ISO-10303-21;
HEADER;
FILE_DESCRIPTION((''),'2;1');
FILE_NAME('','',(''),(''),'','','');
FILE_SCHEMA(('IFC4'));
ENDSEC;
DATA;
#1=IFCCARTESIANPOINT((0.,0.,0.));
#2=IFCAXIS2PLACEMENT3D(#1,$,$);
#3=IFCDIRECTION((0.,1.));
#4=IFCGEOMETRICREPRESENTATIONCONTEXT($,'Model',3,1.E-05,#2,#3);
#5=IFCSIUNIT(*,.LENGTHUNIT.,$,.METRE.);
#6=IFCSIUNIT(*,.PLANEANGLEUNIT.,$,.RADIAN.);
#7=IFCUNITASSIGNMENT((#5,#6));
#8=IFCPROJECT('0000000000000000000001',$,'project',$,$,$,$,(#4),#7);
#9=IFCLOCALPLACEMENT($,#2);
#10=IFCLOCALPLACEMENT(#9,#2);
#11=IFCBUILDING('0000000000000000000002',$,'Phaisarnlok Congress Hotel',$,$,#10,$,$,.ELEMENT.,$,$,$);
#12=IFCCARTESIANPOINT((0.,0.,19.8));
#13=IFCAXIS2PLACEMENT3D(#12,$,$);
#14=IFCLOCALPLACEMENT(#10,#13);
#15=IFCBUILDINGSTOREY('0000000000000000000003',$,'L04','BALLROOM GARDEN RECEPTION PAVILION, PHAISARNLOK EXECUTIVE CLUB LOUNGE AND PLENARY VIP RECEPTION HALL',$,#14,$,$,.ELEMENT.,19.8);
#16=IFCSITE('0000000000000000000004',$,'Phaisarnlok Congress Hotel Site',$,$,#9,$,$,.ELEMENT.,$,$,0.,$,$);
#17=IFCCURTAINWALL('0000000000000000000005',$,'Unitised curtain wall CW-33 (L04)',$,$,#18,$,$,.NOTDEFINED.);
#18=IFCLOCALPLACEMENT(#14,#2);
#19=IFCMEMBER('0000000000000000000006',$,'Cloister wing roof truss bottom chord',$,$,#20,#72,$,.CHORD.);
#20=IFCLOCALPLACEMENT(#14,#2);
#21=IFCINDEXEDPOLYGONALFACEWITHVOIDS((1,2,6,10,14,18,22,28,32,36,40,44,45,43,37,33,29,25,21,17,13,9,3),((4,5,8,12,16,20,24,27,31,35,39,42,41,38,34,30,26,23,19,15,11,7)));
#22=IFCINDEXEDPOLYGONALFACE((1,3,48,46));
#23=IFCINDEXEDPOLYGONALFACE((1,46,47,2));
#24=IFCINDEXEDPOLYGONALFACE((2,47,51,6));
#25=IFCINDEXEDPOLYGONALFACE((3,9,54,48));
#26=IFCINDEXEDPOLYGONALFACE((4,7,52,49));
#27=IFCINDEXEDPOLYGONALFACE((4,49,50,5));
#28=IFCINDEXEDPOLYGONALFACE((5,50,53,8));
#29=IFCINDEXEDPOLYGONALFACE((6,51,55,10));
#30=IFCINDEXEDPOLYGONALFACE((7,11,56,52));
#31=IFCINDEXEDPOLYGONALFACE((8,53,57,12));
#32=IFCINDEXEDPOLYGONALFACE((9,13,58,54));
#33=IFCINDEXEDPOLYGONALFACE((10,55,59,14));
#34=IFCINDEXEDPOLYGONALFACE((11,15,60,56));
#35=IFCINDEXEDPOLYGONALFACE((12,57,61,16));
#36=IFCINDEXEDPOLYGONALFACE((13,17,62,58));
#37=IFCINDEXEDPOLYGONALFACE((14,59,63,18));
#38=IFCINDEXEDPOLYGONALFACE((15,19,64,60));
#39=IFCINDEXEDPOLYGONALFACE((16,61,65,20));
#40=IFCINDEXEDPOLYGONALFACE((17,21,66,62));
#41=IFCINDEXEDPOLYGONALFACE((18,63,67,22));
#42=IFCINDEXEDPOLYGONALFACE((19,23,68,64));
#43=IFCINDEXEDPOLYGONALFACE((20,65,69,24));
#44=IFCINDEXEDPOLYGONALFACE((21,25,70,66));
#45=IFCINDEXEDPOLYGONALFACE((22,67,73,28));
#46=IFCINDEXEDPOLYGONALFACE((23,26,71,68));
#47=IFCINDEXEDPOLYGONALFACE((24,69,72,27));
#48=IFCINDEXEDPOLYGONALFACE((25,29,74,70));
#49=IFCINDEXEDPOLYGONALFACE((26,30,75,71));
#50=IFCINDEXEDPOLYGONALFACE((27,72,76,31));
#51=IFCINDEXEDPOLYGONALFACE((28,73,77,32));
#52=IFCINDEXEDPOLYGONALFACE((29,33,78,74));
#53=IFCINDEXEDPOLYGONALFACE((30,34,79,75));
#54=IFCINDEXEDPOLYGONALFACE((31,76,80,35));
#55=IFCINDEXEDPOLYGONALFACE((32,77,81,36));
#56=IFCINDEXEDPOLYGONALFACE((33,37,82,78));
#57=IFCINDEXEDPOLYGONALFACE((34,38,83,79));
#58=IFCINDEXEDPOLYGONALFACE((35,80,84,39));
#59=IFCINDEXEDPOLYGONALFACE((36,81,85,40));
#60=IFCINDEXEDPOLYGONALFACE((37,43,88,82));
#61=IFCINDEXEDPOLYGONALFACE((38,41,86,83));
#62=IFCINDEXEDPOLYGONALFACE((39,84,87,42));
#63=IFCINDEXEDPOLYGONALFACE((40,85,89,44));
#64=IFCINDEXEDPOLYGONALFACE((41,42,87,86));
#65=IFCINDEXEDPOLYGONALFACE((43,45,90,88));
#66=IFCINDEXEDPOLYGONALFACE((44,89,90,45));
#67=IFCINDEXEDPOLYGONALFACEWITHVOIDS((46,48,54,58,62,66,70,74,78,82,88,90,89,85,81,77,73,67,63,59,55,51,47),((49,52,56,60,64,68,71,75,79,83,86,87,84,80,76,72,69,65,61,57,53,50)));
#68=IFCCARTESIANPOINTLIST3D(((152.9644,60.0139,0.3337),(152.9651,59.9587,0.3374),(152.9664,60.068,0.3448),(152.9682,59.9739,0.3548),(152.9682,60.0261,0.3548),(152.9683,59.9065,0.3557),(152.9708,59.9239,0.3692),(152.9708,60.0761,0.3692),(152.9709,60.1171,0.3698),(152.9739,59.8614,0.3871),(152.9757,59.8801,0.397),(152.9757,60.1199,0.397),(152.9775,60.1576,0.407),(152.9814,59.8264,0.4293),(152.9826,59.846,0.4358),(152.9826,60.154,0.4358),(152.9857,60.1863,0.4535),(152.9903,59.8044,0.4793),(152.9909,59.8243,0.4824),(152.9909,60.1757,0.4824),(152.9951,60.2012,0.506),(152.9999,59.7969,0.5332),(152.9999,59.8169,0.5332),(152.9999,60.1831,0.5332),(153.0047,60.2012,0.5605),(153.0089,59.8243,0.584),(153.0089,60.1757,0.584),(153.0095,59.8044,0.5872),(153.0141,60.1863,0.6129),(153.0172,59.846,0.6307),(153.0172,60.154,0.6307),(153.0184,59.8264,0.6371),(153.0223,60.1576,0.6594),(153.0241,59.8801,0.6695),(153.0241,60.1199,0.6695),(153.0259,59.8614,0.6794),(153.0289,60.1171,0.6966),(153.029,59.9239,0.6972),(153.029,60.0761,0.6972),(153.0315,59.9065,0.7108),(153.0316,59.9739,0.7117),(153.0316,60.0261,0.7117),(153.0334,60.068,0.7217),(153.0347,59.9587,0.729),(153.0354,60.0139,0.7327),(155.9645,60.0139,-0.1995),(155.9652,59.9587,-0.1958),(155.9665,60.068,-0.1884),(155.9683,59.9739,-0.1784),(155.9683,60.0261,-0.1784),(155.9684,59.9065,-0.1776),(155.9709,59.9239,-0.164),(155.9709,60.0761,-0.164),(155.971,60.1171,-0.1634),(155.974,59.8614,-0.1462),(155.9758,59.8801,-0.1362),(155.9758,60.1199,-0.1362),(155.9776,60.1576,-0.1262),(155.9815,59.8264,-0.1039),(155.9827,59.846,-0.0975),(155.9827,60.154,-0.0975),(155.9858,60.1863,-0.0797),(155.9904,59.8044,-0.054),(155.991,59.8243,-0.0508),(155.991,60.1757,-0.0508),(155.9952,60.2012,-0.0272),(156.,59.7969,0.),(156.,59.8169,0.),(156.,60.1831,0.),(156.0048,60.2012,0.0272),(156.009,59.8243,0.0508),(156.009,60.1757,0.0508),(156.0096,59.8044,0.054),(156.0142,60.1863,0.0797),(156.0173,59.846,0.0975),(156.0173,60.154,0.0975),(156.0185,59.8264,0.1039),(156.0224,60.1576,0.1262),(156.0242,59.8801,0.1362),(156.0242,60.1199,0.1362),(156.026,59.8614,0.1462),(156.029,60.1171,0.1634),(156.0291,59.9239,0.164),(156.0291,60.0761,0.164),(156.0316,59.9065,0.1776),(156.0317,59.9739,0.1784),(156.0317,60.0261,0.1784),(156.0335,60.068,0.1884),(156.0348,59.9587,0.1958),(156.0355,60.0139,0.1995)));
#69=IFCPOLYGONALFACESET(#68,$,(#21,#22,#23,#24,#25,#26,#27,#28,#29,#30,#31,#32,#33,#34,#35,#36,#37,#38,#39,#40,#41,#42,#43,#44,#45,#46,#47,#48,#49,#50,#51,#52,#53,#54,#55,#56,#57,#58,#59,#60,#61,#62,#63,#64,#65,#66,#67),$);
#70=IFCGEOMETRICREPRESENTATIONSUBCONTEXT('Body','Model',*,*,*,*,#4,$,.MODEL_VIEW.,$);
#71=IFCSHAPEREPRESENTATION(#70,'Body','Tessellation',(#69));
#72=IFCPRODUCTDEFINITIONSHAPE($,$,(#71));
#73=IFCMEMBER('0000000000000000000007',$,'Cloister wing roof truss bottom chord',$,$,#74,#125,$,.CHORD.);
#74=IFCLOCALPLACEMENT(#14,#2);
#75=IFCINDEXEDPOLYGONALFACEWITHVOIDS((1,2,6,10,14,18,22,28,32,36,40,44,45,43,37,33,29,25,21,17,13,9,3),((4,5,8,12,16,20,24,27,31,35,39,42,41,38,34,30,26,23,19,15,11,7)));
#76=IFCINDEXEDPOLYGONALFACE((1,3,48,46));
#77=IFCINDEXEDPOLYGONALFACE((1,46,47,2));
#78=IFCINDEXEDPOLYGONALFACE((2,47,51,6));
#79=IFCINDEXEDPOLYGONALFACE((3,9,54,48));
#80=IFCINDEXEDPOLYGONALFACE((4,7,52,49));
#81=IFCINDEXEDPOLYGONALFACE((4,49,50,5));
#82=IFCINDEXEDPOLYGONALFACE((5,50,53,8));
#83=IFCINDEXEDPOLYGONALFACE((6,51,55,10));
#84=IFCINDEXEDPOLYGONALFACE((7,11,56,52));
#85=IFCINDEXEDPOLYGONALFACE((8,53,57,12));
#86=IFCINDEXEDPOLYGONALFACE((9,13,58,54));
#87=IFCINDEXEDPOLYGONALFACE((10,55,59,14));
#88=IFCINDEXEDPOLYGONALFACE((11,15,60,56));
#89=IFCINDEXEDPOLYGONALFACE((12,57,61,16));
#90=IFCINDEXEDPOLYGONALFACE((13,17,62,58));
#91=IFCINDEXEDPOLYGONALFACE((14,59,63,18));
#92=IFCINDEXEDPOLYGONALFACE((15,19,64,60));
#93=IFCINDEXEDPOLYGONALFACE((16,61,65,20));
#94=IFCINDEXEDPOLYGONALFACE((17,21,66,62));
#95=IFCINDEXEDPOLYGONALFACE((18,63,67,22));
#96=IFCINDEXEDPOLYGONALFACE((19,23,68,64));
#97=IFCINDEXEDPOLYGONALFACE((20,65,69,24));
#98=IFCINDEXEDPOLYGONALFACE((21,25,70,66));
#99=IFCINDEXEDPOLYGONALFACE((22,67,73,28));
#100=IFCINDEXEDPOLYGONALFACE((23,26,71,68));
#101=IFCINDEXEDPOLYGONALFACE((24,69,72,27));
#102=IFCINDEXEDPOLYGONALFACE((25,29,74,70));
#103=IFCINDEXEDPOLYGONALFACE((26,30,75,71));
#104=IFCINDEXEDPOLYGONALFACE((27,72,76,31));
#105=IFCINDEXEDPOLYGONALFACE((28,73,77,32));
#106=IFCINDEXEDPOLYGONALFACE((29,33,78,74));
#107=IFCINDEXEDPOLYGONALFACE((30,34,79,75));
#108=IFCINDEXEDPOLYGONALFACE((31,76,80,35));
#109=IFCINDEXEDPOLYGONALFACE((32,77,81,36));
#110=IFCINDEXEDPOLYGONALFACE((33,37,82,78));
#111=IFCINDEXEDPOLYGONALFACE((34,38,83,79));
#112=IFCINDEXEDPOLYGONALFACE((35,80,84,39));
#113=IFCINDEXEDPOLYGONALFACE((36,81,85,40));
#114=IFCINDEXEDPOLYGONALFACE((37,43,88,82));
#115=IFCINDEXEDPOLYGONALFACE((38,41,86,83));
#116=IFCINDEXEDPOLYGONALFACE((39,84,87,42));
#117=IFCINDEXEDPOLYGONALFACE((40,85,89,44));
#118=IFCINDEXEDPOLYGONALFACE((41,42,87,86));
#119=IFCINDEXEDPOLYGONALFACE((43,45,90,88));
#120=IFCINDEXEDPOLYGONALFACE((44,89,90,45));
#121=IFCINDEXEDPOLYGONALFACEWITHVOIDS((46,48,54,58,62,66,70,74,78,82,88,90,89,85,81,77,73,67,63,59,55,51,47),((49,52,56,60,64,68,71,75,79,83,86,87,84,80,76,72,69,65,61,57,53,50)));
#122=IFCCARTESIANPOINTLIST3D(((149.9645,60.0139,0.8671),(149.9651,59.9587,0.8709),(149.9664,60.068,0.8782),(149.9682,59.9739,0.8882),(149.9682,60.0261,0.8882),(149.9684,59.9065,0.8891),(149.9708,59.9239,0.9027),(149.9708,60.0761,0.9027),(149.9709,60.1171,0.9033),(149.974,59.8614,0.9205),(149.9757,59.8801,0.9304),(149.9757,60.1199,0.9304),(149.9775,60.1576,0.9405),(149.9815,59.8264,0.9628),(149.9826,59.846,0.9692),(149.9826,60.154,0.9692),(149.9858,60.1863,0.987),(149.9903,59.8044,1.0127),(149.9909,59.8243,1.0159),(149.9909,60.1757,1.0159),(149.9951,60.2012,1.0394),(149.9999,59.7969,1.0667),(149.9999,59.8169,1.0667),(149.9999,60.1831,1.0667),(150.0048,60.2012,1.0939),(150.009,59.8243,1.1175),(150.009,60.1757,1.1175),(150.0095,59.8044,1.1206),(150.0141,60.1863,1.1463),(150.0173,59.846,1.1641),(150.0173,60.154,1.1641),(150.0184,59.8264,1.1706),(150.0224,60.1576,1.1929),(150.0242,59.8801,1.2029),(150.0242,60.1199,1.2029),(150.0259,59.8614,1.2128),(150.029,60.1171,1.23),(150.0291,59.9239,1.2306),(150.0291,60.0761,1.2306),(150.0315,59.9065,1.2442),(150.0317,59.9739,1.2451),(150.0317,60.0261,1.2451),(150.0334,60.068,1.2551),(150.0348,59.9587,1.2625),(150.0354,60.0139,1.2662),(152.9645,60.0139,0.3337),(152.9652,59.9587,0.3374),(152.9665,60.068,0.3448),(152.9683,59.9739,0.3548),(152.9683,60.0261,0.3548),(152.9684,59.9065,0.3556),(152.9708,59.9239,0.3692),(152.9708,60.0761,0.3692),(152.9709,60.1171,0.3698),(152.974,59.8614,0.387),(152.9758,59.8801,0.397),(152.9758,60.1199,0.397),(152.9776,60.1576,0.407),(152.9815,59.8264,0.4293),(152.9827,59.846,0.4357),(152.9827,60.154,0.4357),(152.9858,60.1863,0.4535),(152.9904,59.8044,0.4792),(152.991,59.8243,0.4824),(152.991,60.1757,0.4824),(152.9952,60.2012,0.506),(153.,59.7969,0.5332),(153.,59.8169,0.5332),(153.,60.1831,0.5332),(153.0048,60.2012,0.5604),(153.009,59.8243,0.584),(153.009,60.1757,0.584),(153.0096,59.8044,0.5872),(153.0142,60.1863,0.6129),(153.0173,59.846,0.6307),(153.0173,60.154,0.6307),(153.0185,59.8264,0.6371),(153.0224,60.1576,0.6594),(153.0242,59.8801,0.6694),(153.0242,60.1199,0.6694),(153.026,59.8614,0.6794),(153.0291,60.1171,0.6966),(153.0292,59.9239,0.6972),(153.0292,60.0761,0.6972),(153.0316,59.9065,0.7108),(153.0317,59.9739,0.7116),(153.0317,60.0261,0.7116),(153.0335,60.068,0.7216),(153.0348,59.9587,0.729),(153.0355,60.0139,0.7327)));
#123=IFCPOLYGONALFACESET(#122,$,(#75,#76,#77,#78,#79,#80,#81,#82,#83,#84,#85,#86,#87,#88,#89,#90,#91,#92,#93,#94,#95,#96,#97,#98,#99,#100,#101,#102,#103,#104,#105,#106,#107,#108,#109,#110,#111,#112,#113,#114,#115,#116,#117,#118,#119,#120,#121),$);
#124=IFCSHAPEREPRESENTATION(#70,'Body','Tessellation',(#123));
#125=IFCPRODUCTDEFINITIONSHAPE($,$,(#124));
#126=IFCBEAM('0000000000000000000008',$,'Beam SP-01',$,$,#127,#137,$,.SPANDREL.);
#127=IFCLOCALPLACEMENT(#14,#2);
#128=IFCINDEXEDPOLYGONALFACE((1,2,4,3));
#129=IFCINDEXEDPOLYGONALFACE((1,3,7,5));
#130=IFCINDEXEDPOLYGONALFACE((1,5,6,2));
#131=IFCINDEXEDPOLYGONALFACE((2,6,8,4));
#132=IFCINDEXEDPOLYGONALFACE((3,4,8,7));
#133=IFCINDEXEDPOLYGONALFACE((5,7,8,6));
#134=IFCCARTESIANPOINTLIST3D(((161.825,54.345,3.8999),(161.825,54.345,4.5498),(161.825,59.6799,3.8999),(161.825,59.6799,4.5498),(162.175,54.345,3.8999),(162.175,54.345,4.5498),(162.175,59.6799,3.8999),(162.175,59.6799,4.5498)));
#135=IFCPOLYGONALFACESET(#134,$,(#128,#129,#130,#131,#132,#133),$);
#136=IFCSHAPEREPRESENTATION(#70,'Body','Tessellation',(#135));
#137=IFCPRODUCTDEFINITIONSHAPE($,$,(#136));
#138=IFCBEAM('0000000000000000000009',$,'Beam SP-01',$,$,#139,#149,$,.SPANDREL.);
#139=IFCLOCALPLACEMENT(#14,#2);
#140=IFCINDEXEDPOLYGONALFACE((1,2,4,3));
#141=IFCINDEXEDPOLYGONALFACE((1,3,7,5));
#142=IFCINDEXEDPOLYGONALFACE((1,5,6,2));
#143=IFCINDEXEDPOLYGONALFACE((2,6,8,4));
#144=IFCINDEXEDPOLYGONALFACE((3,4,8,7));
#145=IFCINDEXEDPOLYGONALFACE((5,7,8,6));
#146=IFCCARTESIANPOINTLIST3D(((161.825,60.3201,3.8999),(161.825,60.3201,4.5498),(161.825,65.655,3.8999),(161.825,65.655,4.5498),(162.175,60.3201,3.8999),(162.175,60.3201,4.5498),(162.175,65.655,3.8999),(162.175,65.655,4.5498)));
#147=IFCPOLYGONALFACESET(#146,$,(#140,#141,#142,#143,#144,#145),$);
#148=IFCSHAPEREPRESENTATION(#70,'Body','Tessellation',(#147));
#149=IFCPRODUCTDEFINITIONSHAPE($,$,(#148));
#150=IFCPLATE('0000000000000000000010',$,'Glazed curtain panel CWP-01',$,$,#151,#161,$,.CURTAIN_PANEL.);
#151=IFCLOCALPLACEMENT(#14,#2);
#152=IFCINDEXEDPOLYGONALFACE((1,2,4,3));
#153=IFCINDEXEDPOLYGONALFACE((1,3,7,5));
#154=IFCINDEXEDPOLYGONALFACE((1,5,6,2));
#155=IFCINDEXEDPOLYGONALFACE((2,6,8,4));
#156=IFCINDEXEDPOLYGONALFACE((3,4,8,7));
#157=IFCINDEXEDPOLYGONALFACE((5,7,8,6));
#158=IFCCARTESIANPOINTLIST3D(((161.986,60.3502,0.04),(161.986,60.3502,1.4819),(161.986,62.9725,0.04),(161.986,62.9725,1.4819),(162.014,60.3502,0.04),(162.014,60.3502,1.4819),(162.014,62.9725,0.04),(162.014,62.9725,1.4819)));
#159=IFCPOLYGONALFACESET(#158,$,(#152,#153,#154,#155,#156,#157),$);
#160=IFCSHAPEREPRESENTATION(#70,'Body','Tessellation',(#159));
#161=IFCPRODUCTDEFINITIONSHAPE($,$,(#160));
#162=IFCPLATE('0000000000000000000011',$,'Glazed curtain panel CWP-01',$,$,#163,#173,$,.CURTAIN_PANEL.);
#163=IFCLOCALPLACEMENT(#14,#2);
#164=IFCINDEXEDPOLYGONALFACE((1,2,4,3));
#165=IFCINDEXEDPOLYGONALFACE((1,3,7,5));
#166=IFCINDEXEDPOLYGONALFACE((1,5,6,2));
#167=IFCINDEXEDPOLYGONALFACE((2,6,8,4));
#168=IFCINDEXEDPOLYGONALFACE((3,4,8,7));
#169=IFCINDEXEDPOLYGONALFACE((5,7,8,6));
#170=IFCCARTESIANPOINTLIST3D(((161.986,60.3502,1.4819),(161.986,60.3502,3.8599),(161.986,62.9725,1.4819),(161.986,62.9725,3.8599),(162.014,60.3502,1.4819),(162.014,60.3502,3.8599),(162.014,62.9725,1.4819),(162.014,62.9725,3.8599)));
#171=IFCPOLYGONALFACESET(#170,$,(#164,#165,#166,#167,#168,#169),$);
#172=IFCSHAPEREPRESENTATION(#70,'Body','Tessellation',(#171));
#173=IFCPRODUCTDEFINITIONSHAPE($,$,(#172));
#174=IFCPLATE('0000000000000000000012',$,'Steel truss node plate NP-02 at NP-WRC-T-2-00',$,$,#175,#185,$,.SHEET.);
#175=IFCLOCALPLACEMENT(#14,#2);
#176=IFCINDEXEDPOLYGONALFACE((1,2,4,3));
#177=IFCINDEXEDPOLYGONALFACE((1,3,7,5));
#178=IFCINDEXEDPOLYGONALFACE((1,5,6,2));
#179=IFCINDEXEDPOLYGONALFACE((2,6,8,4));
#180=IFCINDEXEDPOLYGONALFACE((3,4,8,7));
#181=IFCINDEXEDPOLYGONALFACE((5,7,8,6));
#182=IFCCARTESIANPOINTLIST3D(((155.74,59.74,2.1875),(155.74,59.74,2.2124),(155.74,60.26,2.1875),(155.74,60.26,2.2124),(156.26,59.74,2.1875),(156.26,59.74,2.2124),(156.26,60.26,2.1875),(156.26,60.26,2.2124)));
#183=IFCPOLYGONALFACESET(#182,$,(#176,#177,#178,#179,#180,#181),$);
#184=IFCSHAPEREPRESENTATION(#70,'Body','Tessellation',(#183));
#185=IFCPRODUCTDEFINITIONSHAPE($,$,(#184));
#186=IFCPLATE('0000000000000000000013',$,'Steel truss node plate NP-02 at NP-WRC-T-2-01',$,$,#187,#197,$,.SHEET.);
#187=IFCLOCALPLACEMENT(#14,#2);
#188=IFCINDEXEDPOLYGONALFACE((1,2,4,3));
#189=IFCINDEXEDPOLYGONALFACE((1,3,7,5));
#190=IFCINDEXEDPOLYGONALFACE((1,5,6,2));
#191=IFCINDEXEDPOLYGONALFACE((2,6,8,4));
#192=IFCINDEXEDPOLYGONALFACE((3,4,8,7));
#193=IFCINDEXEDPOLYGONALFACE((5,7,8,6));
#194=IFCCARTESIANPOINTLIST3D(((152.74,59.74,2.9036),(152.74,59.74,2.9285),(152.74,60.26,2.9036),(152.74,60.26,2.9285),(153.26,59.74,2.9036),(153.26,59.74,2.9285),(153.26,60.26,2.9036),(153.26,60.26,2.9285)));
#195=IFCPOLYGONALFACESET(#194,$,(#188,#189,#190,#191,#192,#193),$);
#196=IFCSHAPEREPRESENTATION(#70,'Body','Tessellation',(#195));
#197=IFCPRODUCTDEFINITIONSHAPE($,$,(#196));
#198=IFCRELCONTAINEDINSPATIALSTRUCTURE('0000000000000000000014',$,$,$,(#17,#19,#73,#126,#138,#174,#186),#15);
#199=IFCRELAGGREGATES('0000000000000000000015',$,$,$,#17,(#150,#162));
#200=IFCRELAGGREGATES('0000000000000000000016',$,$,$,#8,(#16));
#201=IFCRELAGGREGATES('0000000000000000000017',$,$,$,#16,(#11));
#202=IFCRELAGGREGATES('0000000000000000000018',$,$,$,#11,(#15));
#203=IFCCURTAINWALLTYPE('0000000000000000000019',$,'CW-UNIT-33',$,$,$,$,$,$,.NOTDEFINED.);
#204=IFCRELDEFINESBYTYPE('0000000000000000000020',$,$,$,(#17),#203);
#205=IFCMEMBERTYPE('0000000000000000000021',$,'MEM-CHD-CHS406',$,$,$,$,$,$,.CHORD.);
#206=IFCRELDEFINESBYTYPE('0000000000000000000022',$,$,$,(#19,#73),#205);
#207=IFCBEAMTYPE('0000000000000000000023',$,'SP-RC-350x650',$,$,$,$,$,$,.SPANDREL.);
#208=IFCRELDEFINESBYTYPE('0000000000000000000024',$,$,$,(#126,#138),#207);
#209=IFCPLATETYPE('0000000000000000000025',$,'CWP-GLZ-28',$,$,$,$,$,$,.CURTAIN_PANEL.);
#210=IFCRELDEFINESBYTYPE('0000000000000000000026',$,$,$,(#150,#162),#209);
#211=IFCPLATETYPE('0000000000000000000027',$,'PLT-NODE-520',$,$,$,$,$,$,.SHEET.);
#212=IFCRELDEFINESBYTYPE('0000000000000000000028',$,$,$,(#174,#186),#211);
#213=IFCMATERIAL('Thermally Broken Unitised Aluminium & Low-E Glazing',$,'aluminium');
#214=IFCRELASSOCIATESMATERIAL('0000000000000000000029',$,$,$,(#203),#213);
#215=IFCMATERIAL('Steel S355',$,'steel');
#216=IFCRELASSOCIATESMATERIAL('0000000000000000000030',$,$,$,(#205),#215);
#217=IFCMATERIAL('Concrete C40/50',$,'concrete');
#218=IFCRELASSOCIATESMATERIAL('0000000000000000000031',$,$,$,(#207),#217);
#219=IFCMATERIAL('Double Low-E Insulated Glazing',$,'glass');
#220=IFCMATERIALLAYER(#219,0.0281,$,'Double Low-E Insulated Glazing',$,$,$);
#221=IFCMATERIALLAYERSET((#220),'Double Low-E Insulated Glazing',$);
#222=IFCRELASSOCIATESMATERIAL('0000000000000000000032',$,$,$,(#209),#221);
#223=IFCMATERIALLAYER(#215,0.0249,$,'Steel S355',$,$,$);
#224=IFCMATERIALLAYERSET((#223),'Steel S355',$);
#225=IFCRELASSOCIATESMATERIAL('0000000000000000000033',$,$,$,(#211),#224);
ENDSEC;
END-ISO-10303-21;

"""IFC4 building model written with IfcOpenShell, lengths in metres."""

from ifc_helpers import new_model, si_unit, direction, frame, frame_2d, origin, origin_2d, place, context, subcontext, project, spatial, rectangle, hollow_circle, extrude, material, layer, layer_set, material_profile, profile_set, type_object, element, aggregate, save


model = new_model("IFC4")

# Units and contexts
model_context = context("Model", 3, precision=1e-05, world=origin(), true_north=direction((0.0, 1.0)))
body_context = subcontext(model_context, "Body", "Model", "MODEL_VIEW")
ifc_project = project(units=[si_unit("LENGTHUNIT", "METRE"), si_unit("PLANEANGLEUNIT", "RADIAN")], contexts=[model_context])

# Site, building, storey
site_placement = place(None, origin())
site = spatial("IfcSite", under=ifc_project, at=site_placement, Name="Phaisarnlok Congress Hotel Site", CompositionType="ELEMENT", RefElevation=0.0)
building_placement = place(site_placement, origin())
building = spatial("IfcBuilding", under=site, at=building_placement, Name="Phaisarnlok Congress Hotel", CompositionType="ELEMENT")
storey_placement = place(building_placement, frame((0.0, 0.0, 19.8)))
storey = spatial("IfcBuildingStorey", under=building, at=storey_placement, Name="L04", Description="BALLROOM GARDEN RECEPTION PAVILION, PHAISARNLOK EXECUTIVE CLUB LOUNGE AND PLENARY VIP RECEPTION HALL", CompositionType="ELEMENT", Elevation=19.8)

# Shared definitions
ifc_material_1 = material(Name="Concrete C40/50", Category="concrete")

# Curtain wall
ifc_material_2 = material(Name="Thermally Broken Unitised Aluminium & Low-E Glazing", Category="aluminium")
curtain_wall_type = type_object("IfcCurtainWallType", Name="CW-UNIT-33", PredefinedType="NOTDEFINED", material=ifc_material_2)
curtain_wall_placement = place(storey_placement, origin())
curtain_wall = element("IfcCurtainWall", 1, at=curtain_wall_placement, inside=storey, type_object=curtain_wall_type, Name="Unitised curtain wall CW-33 (L04)", PredefinedType="NOTDEFINED")

# Shared definitions
ifc_material_3 = material(Name="Steel S355", Category="steel")

# Members
ifc_material_profile_1 = material_profile(ifc_material_3, hollow_circle(Radius=0.2031, WallThickness=0.02, at=origin_2d()), Name="CHS 406.4x20")
ifc_profile_set_1 = profile_set([ifc_material_profile_1], Name="Steel S355")
member_type_1 = type_object("IfcMemberType", Name="MEM-CHD-CHS406", PredefinedType="CHORD", material=ifc_profile_set_1)
for number, where, z_axis, x_axis, name in (
    (2, (156.0, 60.0, 0.0), (-0.98457, 0.0, 0.174992), (0.0, -1.0, 0.0), "Cloister wing roof truss bottom chord"),
    (3, (153.0, 60.0, 0.5332), (-0.984556, 0.0, 0.17507), (0.0, -1.0, 0.0), "Cloister wing roof truss bottom chord"),
):
    element("IfcMember", number, at=place(storey_placement, frame(where, z_axis=z_axis, x_axis=x_axis)), inside=storey, type_object=member_type_1, Name=name, PredefinedType="CHORD", context=body_context, shape_type="SweptSolid", body=[
        extrude(hollow_circle(Radius=0.2031, WallThickness=0.02, at=origin_2d()), origin(), (0.0, 0.0, 1.0), 3.0471),
    ])

# Beams
ifc_material_profile_2 = material_profile(ifc_material_1, rectangle(XDim=0.3501, YDim=0.6499, at=origin_2d()), Name="RC 350x650")
ifc_profile_set_2 = profile_set([ifc_material_profile_2], Name="Concrete C40/50")
beam_type_1 = type_object("IfcBeamType", Name="SP-RC-350x650", PredefinedType="SPANDREL", material=ifc_profile_set_2)
for number, where, z_axis, x_axis, name in (
    (4, (162.0, 54.345, 4.2249), (0.0, 1.0, 0.0), (-1.0, 0.0, 0.0), "Beam SP-01"),
    (5, (162.0, 60.3201, 4.2249), (0.0, 1.0, 0.0), (-1.0, 0.0, 0.0), "Beam SP-01"),
):
    element("IfcBeam", number, at=place(storey_placement, frame(where, z_axis=z_axis, x_axis=x_axis)), inside=storey, type_object=beam_type_1, Name=name, PredefinedType="SPANDREL", context=body_context, shape_type="SweptSolid", body=[
        extrude(rectangle(XDim=0.3501, YDim=0.6499, at=origin_2d()), origin(), (0.0, 0.0, 1.0), 5.335),
    ])

# Plates
ifc_material_4 = material(Name="Double Low-E Insulated Glazing", Category="glass")
ifc_layer_1 = layer(ifc_material_4, 0.0281, Name="Double Low-E Insulated Glazing")
ifc_layer_set_1 = layer_set([ifc_layer_1], Name="Double Low-E Insulated Glazing")
plate_type_1 = type_object("IfcPlateType", Name="CWP-GLZ-28", PredefinedType="CURTAIN_PANEL", material=ifc_layer_set_1)
plate_1_placement = place(storey_placement, frame((162.0, 62.9724, 0.04), z_axis=(0.0, 0.0, 1.0), x_axis=(0.0, -1.0, 0.0)))
plate_1 = element("IfcPlate", 6, at=plate_1_placement, type_object=plate_type_1, Name="Glazed curtain panel CWP-01", PredefinedType="CURTAIN_PANEL", context=body_context, shape_type="SweptSolid", body=[
    extrude(rectangle(XDim=2.6223, YDim=0.0281, at=frame_2d((1.311, 0.0))), origin(), (0.0, 0.0, 1.0), 1.4419),
])
plate_2_placement = place(storey_placement, frame((162.0, 62.9724, 1.4819), z_axis=(0.0, 0.0, 1.0), x_axis=(0.0, -1.0, 0.0)))
plate_2 = element("IfcPlate", 7, at=plate_2_placement, type_object=plate_type_1, Name="Glazed curtain panel CWP-01", PredefinedType="CURTAIN_PANEL", context=body_context, shape_type="SweptSolid", body=[
    extrude(rectangle(XDim=2.6223, YDim=0.0281, at=frame_2d((1.311, 0.0))), origin(), (0.0, 0.0, 1.0), 2.3779),
])
aggregate(curtain_wall, [plate_1, plate_2])

# Plates
ifc_layer_2 = layer(ifc_material_3, 0.0249, Name="Steel S355")
ifc_layer_set_2 = layer_set([ifc_layer_2], Name="Steel S355")
plate_type_2 = type_object("IfcPlateType", Name="PLT-NODE-520", PredefinedType="SHEET", material=ifc_layer_set_2)
for number, where, z_axis, x_axis, name in (
    (8, (156.0, 60.0, 2.1875), (0.0, 0.0, 1.0), (1.0, 0.0, 0.0), "Steel truss node plate NP-02 at NP-WRC-T-2-00"),
    (9, (153.0, 60.0, 2.9036), (0.0, 0.0, 1.0), (1.0, 0.0, 0.0), "Steel truss node plate NP-02 at NP-WRC-T-2-01"),
):
    element("IfcPlate", number, at=place(storey_placement, frame(where, z_axis=z_axis, x_axis=x_axis)), inside=storey, type_object=plate_type_2, Name=name, PredefinedType="SHEET", context=body_context, shape_type="SweptSolid", body=[
        extrude(rectangle(XDim=0.52, YDim=0.52, at=origin_2d()), origin(), (0.0, 0.0, 1.0), 0.0249),
    ])

save(model, "model.ifc")
